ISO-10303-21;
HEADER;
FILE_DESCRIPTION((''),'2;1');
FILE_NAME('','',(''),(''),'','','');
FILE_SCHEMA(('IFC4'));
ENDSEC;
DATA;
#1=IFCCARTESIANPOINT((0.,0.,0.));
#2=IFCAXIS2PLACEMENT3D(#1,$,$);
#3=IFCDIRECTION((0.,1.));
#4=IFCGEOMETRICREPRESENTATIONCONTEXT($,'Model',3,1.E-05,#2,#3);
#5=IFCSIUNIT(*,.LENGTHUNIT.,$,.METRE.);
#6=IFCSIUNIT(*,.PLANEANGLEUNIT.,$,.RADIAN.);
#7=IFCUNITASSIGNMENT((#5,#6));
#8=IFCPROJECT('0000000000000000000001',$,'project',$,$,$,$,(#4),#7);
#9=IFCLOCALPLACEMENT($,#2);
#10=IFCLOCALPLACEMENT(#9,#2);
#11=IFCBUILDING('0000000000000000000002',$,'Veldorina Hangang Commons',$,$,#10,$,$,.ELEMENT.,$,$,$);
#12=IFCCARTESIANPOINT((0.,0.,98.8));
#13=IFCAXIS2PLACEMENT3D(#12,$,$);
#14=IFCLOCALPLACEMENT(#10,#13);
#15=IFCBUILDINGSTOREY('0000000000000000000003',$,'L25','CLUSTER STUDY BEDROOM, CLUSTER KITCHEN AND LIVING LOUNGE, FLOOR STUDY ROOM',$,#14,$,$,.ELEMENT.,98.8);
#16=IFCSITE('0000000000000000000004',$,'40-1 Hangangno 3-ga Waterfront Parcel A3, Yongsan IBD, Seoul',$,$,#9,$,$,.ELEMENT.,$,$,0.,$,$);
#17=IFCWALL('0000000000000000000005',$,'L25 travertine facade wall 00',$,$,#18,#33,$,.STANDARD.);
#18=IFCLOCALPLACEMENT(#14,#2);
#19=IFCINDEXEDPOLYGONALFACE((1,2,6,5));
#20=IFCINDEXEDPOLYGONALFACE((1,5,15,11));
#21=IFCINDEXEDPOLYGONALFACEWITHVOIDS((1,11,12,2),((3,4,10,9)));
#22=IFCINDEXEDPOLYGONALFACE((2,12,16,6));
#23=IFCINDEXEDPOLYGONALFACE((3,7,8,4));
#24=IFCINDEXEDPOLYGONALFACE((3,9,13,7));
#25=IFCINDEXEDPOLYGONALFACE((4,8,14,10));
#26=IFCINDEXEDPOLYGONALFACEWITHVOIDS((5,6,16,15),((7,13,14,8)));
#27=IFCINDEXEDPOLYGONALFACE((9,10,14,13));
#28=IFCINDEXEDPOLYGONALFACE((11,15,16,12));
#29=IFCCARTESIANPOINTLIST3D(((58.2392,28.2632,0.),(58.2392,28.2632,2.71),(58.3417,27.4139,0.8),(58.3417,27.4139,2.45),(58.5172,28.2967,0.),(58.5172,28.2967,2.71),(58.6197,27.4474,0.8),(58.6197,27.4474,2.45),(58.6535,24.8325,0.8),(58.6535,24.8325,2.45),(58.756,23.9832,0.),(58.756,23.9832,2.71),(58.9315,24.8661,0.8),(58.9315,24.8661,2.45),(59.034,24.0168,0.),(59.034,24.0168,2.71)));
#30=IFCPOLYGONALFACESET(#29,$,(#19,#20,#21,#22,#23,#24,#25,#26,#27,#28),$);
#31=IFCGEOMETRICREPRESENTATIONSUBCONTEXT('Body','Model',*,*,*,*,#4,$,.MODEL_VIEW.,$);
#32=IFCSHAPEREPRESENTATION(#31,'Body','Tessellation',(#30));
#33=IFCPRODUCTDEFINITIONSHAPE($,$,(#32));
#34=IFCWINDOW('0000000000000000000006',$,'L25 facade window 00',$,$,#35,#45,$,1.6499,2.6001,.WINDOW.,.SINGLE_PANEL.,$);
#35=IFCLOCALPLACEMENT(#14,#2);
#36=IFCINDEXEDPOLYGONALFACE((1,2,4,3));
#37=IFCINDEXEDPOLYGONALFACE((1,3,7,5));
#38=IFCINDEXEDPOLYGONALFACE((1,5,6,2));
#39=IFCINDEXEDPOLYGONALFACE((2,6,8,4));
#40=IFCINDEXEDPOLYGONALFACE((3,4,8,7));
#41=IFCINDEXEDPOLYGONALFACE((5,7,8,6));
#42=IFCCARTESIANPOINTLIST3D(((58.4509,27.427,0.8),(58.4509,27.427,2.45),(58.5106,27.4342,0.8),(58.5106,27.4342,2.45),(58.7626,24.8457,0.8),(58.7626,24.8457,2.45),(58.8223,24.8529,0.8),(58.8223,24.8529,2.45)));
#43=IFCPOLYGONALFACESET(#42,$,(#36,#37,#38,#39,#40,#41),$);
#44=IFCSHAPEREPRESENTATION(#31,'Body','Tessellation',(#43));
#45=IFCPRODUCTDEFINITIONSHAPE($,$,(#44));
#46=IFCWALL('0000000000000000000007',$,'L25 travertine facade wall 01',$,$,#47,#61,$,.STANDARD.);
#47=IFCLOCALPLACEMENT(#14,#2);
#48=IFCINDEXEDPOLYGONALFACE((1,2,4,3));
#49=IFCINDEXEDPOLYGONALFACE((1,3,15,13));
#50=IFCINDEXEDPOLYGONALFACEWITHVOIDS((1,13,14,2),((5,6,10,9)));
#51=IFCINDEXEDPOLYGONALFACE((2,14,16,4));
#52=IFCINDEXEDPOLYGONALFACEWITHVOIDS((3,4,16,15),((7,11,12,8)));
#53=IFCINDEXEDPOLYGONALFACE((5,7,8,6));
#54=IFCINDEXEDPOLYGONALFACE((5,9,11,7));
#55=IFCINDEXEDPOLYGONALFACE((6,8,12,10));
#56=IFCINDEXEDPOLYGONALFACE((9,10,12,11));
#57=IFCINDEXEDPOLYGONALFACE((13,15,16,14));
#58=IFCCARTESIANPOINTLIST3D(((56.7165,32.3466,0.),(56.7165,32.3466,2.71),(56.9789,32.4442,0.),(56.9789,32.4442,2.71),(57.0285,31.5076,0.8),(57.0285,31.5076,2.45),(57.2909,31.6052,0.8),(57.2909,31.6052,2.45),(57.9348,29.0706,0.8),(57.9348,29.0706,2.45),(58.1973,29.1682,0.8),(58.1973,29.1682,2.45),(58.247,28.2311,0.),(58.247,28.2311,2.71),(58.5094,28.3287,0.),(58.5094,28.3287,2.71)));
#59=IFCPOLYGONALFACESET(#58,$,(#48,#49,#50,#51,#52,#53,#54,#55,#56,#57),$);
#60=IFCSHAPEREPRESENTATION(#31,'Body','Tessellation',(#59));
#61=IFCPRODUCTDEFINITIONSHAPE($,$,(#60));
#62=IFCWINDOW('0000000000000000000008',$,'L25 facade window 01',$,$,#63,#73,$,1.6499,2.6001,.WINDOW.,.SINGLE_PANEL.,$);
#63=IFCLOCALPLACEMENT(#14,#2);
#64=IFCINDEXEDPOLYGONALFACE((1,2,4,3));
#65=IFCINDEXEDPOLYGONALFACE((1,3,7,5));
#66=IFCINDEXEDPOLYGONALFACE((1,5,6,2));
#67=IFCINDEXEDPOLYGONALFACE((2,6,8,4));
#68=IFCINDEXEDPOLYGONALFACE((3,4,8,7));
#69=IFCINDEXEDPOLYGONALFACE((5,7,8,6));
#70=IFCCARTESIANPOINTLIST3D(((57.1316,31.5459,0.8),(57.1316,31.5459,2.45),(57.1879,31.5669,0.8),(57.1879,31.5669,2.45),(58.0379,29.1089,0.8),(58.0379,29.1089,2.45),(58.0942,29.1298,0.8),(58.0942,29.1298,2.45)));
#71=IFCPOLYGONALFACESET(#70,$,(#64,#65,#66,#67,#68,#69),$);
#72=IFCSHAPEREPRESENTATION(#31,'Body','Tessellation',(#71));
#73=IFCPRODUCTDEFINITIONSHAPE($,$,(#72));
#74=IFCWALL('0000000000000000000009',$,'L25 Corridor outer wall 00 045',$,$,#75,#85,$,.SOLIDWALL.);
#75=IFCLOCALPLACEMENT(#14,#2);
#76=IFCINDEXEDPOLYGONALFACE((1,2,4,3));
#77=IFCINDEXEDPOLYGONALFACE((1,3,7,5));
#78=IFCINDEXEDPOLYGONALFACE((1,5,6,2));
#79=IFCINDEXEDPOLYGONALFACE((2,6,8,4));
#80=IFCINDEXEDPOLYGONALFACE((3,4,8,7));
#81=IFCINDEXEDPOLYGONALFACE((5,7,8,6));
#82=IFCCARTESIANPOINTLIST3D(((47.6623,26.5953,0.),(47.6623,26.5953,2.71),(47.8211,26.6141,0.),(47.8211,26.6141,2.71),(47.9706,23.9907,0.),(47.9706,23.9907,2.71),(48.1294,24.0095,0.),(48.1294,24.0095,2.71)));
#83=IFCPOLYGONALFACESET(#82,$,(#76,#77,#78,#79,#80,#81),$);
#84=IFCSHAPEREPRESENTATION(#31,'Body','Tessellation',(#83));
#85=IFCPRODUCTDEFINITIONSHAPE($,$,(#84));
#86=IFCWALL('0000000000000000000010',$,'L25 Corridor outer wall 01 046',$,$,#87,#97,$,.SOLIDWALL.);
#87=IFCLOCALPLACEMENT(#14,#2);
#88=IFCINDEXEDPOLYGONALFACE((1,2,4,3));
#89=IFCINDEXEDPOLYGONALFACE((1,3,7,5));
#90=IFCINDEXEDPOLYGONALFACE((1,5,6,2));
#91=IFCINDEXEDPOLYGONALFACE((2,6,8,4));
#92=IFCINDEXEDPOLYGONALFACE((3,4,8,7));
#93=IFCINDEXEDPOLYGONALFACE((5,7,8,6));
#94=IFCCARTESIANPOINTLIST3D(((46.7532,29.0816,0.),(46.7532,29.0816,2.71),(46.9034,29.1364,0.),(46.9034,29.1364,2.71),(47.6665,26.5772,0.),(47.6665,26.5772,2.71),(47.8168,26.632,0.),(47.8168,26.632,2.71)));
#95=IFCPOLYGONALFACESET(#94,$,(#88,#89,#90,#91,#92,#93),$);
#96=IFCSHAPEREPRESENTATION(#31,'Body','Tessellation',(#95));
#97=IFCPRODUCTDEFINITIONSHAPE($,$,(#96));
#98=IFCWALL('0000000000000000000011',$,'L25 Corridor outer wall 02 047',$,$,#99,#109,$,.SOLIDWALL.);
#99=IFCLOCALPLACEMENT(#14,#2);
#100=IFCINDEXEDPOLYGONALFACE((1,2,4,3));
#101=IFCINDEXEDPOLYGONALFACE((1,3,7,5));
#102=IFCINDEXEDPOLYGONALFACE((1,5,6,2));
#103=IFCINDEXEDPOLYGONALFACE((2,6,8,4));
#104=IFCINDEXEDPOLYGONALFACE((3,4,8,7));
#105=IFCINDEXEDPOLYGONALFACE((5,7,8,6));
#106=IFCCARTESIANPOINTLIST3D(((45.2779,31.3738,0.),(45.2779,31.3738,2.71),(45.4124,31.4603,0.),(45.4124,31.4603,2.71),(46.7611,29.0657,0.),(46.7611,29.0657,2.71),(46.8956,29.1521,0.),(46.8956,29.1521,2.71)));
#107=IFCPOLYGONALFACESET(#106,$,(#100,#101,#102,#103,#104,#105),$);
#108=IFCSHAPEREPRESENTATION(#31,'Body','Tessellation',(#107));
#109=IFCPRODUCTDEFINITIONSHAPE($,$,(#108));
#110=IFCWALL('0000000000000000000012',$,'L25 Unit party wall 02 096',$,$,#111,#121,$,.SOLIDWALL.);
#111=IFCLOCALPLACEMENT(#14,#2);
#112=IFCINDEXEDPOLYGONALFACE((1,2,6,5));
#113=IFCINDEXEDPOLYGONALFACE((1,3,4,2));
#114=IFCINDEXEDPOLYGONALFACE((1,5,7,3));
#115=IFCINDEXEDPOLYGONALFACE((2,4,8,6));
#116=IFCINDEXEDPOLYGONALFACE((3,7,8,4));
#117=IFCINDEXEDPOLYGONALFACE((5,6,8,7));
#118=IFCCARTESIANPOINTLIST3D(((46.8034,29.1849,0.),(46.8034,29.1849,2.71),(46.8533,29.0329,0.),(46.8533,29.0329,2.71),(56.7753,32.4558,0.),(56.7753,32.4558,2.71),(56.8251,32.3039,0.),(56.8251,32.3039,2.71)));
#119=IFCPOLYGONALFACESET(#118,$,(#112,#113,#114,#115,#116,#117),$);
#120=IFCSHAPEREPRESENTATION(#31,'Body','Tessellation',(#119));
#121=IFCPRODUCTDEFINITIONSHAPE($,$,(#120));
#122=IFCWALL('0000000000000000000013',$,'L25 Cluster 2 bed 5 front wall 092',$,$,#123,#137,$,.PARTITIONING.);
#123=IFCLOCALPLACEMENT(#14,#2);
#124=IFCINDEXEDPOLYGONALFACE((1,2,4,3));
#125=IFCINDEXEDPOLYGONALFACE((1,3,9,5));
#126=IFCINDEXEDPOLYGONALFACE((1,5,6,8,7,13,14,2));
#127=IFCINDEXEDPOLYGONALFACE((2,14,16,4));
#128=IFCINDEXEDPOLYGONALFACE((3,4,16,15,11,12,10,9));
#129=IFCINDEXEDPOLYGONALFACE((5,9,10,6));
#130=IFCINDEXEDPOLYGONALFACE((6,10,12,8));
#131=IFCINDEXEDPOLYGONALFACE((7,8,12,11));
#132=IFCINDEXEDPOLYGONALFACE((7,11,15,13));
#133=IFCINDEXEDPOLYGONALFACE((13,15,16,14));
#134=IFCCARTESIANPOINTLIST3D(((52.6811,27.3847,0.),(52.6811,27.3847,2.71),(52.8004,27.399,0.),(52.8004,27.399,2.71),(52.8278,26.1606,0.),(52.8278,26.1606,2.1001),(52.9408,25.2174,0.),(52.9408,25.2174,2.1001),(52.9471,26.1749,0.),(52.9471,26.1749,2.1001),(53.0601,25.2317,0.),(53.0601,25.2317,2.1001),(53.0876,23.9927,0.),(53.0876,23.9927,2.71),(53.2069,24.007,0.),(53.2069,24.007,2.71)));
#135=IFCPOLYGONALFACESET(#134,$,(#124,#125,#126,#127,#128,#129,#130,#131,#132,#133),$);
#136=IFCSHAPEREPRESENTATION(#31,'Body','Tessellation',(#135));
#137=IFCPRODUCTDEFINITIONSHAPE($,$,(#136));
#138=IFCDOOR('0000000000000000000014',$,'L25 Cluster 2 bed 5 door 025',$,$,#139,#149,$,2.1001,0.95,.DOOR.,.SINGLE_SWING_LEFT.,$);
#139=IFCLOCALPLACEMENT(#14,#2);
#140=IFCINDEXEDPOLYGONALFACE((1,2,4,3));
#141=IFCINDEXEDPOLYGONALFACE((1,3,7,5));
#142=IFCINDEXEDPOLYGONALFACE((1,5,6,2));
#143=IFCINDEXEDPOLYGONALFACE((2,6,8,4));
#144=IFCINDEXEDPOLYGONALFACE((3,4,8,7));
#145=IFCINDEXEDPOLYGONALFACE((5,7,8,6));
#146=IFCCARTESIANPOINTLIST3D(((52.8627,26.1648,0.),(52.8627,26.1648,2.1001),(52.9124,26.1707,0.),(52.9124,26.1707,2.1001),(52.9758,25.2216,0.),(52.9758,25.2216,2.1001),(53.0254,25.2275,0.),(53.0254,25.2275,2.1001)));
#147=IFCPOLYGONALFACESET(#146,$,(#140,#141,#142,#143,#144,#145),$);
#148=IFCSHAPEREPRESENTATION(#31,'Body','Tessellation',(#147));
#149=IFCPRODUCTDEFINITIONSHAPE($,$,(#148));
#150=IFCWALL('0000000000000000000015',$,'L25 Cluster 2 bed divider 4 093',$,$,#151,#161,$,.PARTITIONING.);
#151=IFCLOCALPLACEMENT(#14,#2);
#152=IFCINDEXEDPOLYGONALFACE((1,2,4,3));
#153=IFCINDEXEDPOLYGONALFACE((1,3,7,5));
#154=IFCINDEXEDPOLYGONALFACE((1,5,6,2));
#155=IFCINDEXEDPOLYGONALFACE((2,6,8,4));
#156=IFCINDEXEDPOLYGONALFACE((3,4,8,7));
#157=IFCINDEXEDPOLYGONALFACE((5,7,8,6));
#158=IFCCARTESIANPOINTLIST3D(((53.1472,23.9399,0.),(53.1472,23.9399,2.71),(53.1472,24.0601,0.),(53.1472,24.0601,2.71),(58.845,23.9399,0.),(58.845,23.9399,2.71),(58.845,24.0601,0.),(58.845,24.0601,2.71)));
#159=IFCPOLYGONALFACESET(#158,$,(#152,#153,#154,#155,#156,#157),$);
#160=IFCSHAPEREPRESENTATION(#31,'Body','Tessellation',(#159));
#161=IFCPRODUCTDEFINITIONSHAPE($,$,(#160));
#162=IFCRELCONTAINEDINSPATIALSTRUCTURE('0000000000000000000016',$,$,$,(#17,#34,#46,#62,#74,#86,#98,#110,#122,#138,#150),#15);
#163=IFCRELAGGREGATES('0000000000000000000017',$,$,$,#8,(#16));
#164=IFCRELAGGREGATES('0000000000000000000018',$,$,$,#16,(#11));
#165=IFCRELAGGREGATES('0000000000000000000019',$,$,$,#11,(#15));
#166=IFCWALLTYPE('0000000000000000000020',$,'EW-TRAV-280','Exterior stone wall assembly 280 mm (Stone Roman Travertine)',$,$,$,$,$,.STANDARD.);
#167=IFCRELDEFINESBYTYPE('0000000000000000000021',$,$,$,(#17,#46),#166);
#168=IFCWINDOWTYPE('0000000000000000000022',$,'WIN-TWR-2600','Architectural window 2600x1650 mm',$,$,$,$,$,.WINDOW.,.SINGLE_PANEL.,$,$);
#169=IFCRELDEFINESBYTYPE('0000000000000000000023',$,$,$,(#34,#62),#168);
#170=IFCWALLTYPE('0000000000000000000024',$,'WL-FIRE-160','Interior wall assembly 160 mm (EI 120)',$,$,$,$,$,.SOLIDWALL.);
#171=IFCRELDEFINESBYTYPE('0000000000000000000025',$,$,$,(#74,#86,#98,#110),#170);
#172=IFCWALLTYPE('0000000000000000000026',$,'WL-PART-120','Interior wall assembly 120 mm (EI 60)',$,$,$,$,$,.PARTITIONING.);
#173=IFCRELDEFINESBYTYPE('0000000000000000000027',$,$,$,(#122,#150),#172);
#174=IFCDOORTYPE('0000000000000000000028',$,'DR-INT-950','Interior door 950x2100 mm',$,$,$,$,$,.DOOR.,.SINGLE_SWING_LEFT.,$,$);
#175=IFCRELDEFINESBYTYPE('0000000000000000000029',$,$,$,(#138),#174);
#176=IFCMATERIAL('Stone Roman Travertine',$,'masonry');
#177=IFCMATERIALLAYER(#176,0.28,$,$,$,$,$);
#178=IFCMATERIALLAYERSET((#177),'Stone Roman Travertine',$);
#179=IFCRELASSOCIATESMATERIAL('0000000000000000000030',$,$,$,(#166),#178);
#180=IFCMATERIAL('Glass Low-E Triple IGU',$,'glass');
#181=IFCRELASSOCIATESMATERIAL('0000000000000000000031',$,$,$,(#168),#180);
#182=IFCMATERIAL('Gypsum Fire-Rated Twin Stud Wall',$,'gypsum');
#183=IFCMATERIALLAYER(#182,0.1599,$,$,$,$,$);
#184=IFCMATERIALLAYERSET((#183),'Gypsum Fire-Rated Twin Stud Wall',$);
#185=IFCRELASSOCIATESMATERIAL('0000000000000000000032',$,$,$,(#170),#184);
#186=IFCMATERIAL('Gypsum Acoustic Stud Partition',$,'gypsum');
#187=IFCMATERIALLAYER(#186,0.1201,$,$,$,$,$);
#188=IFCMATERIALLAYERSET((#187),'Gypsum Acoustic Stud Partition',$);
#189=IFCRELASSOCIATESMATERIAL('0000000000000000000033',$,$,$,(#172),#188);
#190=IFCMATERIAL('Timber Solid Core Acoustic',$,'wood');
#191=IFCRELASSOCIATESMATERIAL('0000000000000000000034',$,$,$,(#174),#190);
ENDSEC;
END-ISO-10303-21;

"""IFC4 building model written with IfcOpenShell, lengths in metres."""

from ifc_helpers import new_model, si_unit, direction, frame, frame_2d, origin, place, context, subcontext, project, spatial, rectangle, extrude, material, layer, layer_set, type_object, element, fill, save


model = new_model("IFC4")

# Units and contexts
model_context = context("Model", 3, precision=1e-05, world=origin(), true_north=direction((0.0, 1.0)))
body_context = subcontext(model_context, "Body", "Model", "MODEL_VIEW")
ifc_project = project(units=[si_unit("LENGTHUNIT", "METRE"), si_unit("PLANEANGLEUNIT", "RADIAN")], contexts=[model_context])

# Site, building, storey
site_placement = place(None, origin())
site = spatial("IfcSite", under=ifc_project, at=site_placement, Name="40-1 Hangangno 3-ga Waterfront Parcel A3, Yongsan IBD, Seoul", CompositionType="ELEMENT", RefElevation=0.0)
building_placement = place(site_placement, origin())
building = spatial("IfcBuilding", under=site, at=building_placement, Name="Veldorina Hangang Commons", CompositionType="ELEMENT")
storey_placement = place(building_placement, frame((0.0, 0.0, 98.8)))
storey = spatial("IfcBuildingStorey", under=building, at=storey_placement, Name="L25", Description="CLUSTER STUDY BEDROOM, CLUSTER KITCHEN AND LIVING LOUNGE, FLOOR STUDY ROOM", CompositionType="ELEMENT", Elevation=98.8)

# Walls, openings, windows
ifc_material_1 = material(Name="Stone Roman Travertine", Category="masonry")
ifc_layer_1 = layer(ifc_material_1, 0.28)
ifc_layer_set_1 = layer_set([ifc_layer_1], Name="Stone Roman Travertine")
wall_type_1 = type_object("IfcWallType", Name="EW-TRAV-280", Description="Exterior stone wall assembly 280 mm (Stone Roman Travertine)", PredefinedType="STANDARD", material=ifc_layer_set_1)
wall_1_placement = place(storey_placement, frame((58.895, 24.0, 0.0), z_axis=(0.0, 0.0, 1.0), x_axis=(-0.119887, 0.992788, 0.0)))
wall_1 = element("IfcWall", 1, at=wall_1_placement, inside=storey, type_object=wall_type_1, Name="L25 travertine facade wall 00", PredefinedType="STANDARD", context=body_context, shape_type="SweptSolid", body=[
    extrude(rectangle(XDim=4.311, YDim=0.28, at=frame_2d((2.1555, 0.0))), origin(), (0.0, 0.0, 1.0), 2.71),
])
opening_1_placement = place(wall_1_placement, frame((0.8555, 0.0, 0.8)))
opening_1 = element("IfcOpeningElement", 2, at=opening_1_placement, cuts=wall_1, PredefinedType="OPENING", context=body_context, shape_type="SweptSolid", body=[
    extrude(rectangle(XDim=2.6001, YDim=1.6499, at=frame_2d((1.3, 0.825))), frame((0.0, 0.1499, 0.0), z_axis=(0.0, -1.0, 0.0), x_axis=(1.0, 0.0, 0.0)), (0.0, 0.0, 1.0), 0.3),
])
ifc_material_2 = material(Name="Glass Low-E Triple IGU", Category="glass")
window_type = type_object("IfcWindowType", Name="WIN-TWR-2600", Description="Architectural window 2600x1650 mm", PartitioningType="SINGLE_PANEL", PredefinedType="WINDOW", material=ifc_material_2)
window_1_placement = place(opening_1_placement, origin())
window_1 = element("IfcWindow", 3, at=window_1_placement, inside=storey, type_object=window_type, Name="L25 facade window 00", OverallHeight=1.6499, OverallWidth=2.6001, PartitioningType="SINGLE_PANEL", PredefinedType="WINDOW", context=body_context, shape_type="SweptSolid", body=[
    extrude(rectangle(XDim=2.6001, YDim=1.6499, at=frame_2d((1.3, 0.825))), frame((0.0, 0.03, 0.0), z_axis=(0.0, -1.0, 0.0), x_axis=(1.0, 0.0, 0.0)), (0.0, 0.0, 1.0), 0.0601),
])
fill(opening_1, window_1)
wall_2_placement = place(storey_placement, frame((58.3782, 28.28, 0.0), z_axis=(0.0, 0.0, 1.0), x_axis=(-0.348569, 0.937283, 0.0)))
wall_2 = element("IfcWall", 4, at=wall_2_placement, inside=storey, type_object=wall_type_1, Name="L25 travertine facade wall 01", PredefinedType="STANDARD", context=body_context, shape_type="SweptSolid", body=[
    extrude(rectangle(XDim=4.3909, YDim=0.28, at=frame_2d((2.1953, 0.0))), origin(), (0.0, 0.0, 1.0), 2.71),
])
opening_2_placement = place(wall_2_placement, frame((0.8955, 0.0, 0.8)))
opening_2 = element("IfcOpeningElement", 5, at=opening_2_placement, cuts=wall_2, PredefinedType="OPENING", context=body_context, shape_type="SweptSolid", body=[
    extrude(rectangle(XDim=2.6001, YDim=1.6499, at=frame_2d((1.3, 0.825))), frame((0.0, 0.1499, 0.0), z_axis=(0.0, -1.0, 0.0), x_axis=(1.0, 0.0, 0.0)), (0.0, 0.0, 1.0), 0.3),
])
window_2_placement = place(opening_2_placement, origin())
window_2 = element("IfcWindow", 6, at=window_2_placement, inside=storey, type_object=window_type, Name="L25 facade window 01", OverallHeight=1.6499, OverallWidth=2.6001, PartitioningType="SINGLE_PANEL", PredefinedType="WINDOW", context=body_context, shape_type="SweptSolid", body=[
    extrude(rectangle(XDim=2.6001, YDim=1.6499, at=frame_2d((1.3, 0.825))), frame((0.0, 0.03, 0.0), z_axis=(0.0, -1.0, 0.0), x_axis=(1.0, 0.0, 0.0)), (0.0, 0.0, 1.0), 0.0601),
])
fill(opening_2, window_2)

# Walls
ifc_material_3 = material(Name="Gypsum Fire-Rated Twin Stud Wall", Category="gypsum")
ifc_layer_2 = layer(ifc_material_3, 0.1599)
ifc_layer_set_2 = layer_set([ifc_layer_2], Name="Gypsum Fire-Rated Twin Stud Wall")
wall_type_2 = type_object("IfcWallType", Name="WL-FIRE-160", Description="Interior wall assembly 160 mm (EI 120)", PredefinedType="SOLIDWALL", material=ifc_layer_set_2)
wall_3_placement = place(storey_placement, frame((48.05, 24.0, 0.0), z_axis=(0.0, 0.0, 1.0), x_axis=(-0.11757, 0.993065, 0.0)))
element("IfcWall", 7, at=wall_3_placement, inside=storey, type_object=wall_type_2, Name="L25 Corridor outer wall 00 045", PredefinedType="SOLIDWALL", context=body_context, shape_type="SweptSolid", body=[
    extrude(rectangle(XDim=2.6228, YDim=0.1599, at=frame_2d((1.3115, 0.0))), origin(), (0.0, 0.0, 1.0), 2.71),
])
wall_4_placement = place(storey_placement, frame((47.7417, 26.6045, 0.0), z_axis=(0.0, 0.0, 1.0), x_axis=(-0.342618, 0.939475, 0.0)))
element("IfcWall", 8, at=wall_4_placement, inside=storey, type_object=wall_type_2, Name="L25 Corridor outer wall 01 046", PredefinedType="SOLIDWALL", context=body_context, shape_type="SweptSolid", body=[
    extrude(rectangle(XDim=2.6658, YDim=0.1599, at=frame_2d((1.333, 0.0))), origin(), (0.0, 0.0, 1.0), 2.71),
])
wall_5_placement = place(storey_placement, frame((46.8284, 29.1089, 0.0), z_axis=(0.0, 0.0, 1.0), x_axis=(-0.540596, 0.841283, 0.0)))
element("IfcWall", 9, at=wall_5_placement, inside=storey, type_object=wall_type_2, Name="L25 Corridor outer wall 02 047", PredefinedType="SOLIDWALL", context=body_context, shape_type="SweptSolid", body=[
    extrude(rectangle(XDim=2.7437, YDim=0.1599, at=frame_2d((1.3718, 0.0))), origin(), (0.0, 0.0, 1.0), 2.71),
])
wall_6_placement = place(storey_placement, frame((46.8284, 29.1089, 0.0), z_axis=(0.0, 0.0, 1.0), x_axis=(0.950187, 0.311681, 0.0)))
element("IfcWall", 10, at=wall_6_placement, inside=storey, type_object=wall_type_2, Name="L25 Unit party wall 02 096", PredefinedType="SOLIDWALL", context=body_context, shape_type="SweptSolid", body=[
    extrude(rectangle(XDim=10.4946, YDim=0.1599, at=frame_2d((5.2473, 0.0))), origin(), (0.0, 0.0, 1.0), 2.71),
])

# Wall, opening, door
ifc_material_4 = material(Name="Gypsum Acoustic Stud Partition", Category="gypsum")
ifc_layer_3 = layer(ifc_material_4, 0.1201)
ifc_layer_set_3 = layer_set([ifc_layer_3], Name="Gypsum Acoustic Stud Partition")
wall_type_3 = type_object("IfcWallType", Name="WL-PART-120", Description="Interior wall assembly 120 mm (EI 60)", PredefinedType="PARTITIONING", material=ifc_layer_set_3)
wall_7_placement = place(storey_placement, frame((53.1472, 24.0, 0.0), z_axis=(0.0, 0.0, 1.0), x_axis=(-0.118985, 0.992896, 0.0)))
wall_7 = element("IfcWall", 11, at=wall_7_placement, inside=storey, type_object=wall_type_3, Name="L25 Cluster 2 bed 5 front wall 092", PredefinedType="PARTITIONING", context=body_context, shape_type="SweptSolid", body=[
    extrude(rectangle(XDim=3.4163, YDim=0.1201, at=frame_2d((1.708, 0.0))), origin(), (0.0, 0.0, 1.0), 2.71),
])
opening_3_placement = place(wall_7_placement, frame((1.2332, 0.0, 0.0)))
opening_3 = element("IfcOpeningElement", 12, at=opening_3_placement, cuts=wall_7, PredefinedType="OPENING", context=body_context, shape_type="SweptSolid", body=[
    extrude(rectangle(XDim=0.95, YDim=2.1001, at=frame_2d((0.4751, 1.05))), frame((0.0, 0.0701, 0.0), z_axis=(0.0, -1.0, 0.0), x_axis=(1.0, 0.0, 0.0)), (0.0, 0.0, 1.0), 0.1401),
])
ifc_material_5 = material(Name="Timber Solid Core Acoustic", Category="wood")
door_type = type_object("IfcDoorType", Name="DR-INT-950", Description="Interior door 950x2100 mm", OperationType="SINGLE_SWING_LEFT", PredefinedType="DOOR", material=ifc_material_5)
door_1_placement = place(opening_3_placement, origin())
door_1 = element("IfcDoor", 13, at=door_1_placement, inside=storey, type_object=door_type, Name="L25 Cluster 2 bed 5 door 025", OperationType="SINGLE_SWING_LEFT", OverallHeight=2.1001, OverallWidth=0.95, PredefinedType="DOOR", context=body_context, shape_type="SweptSolid", body=[
    extrude(rectangle(XDim=0.95, YDim=2.1001, at=frame_2d((0.4751, 1.05))), frame((0.0, 0.0249, 0.0), z_axis=(0.0, -1.0, 0.0), x_axis=(1.0, 0.0, 0.0)), (0.0, 0.0, 1.0), 0.05),
])
fill(opening_3, door_1)

# Wall
wall_8_placement = place(storey_placement, frame((53.1472, 24.0, 0.0), z_axis=(0.0, 0.0, 1.0), x_axis=(1.0, 0.0, 0.0)))
element("IfcWall", 14, at=wall_8_placement, inside=storey, type_object=wall_type_3, Name="L25 Cluster 2 bed divider 4 093", PredefinedType="PARTITIONING", context=body_context, shape_type="SweptSolid", body=[
    extrude(rectangle(XDim=5.6978, YDim=0.1201, at=frame_2d((2.8489, 0.0))), origin(), (0.0, 0.0, 1.0), 2.71),
])

save(model, "model.ifc")
